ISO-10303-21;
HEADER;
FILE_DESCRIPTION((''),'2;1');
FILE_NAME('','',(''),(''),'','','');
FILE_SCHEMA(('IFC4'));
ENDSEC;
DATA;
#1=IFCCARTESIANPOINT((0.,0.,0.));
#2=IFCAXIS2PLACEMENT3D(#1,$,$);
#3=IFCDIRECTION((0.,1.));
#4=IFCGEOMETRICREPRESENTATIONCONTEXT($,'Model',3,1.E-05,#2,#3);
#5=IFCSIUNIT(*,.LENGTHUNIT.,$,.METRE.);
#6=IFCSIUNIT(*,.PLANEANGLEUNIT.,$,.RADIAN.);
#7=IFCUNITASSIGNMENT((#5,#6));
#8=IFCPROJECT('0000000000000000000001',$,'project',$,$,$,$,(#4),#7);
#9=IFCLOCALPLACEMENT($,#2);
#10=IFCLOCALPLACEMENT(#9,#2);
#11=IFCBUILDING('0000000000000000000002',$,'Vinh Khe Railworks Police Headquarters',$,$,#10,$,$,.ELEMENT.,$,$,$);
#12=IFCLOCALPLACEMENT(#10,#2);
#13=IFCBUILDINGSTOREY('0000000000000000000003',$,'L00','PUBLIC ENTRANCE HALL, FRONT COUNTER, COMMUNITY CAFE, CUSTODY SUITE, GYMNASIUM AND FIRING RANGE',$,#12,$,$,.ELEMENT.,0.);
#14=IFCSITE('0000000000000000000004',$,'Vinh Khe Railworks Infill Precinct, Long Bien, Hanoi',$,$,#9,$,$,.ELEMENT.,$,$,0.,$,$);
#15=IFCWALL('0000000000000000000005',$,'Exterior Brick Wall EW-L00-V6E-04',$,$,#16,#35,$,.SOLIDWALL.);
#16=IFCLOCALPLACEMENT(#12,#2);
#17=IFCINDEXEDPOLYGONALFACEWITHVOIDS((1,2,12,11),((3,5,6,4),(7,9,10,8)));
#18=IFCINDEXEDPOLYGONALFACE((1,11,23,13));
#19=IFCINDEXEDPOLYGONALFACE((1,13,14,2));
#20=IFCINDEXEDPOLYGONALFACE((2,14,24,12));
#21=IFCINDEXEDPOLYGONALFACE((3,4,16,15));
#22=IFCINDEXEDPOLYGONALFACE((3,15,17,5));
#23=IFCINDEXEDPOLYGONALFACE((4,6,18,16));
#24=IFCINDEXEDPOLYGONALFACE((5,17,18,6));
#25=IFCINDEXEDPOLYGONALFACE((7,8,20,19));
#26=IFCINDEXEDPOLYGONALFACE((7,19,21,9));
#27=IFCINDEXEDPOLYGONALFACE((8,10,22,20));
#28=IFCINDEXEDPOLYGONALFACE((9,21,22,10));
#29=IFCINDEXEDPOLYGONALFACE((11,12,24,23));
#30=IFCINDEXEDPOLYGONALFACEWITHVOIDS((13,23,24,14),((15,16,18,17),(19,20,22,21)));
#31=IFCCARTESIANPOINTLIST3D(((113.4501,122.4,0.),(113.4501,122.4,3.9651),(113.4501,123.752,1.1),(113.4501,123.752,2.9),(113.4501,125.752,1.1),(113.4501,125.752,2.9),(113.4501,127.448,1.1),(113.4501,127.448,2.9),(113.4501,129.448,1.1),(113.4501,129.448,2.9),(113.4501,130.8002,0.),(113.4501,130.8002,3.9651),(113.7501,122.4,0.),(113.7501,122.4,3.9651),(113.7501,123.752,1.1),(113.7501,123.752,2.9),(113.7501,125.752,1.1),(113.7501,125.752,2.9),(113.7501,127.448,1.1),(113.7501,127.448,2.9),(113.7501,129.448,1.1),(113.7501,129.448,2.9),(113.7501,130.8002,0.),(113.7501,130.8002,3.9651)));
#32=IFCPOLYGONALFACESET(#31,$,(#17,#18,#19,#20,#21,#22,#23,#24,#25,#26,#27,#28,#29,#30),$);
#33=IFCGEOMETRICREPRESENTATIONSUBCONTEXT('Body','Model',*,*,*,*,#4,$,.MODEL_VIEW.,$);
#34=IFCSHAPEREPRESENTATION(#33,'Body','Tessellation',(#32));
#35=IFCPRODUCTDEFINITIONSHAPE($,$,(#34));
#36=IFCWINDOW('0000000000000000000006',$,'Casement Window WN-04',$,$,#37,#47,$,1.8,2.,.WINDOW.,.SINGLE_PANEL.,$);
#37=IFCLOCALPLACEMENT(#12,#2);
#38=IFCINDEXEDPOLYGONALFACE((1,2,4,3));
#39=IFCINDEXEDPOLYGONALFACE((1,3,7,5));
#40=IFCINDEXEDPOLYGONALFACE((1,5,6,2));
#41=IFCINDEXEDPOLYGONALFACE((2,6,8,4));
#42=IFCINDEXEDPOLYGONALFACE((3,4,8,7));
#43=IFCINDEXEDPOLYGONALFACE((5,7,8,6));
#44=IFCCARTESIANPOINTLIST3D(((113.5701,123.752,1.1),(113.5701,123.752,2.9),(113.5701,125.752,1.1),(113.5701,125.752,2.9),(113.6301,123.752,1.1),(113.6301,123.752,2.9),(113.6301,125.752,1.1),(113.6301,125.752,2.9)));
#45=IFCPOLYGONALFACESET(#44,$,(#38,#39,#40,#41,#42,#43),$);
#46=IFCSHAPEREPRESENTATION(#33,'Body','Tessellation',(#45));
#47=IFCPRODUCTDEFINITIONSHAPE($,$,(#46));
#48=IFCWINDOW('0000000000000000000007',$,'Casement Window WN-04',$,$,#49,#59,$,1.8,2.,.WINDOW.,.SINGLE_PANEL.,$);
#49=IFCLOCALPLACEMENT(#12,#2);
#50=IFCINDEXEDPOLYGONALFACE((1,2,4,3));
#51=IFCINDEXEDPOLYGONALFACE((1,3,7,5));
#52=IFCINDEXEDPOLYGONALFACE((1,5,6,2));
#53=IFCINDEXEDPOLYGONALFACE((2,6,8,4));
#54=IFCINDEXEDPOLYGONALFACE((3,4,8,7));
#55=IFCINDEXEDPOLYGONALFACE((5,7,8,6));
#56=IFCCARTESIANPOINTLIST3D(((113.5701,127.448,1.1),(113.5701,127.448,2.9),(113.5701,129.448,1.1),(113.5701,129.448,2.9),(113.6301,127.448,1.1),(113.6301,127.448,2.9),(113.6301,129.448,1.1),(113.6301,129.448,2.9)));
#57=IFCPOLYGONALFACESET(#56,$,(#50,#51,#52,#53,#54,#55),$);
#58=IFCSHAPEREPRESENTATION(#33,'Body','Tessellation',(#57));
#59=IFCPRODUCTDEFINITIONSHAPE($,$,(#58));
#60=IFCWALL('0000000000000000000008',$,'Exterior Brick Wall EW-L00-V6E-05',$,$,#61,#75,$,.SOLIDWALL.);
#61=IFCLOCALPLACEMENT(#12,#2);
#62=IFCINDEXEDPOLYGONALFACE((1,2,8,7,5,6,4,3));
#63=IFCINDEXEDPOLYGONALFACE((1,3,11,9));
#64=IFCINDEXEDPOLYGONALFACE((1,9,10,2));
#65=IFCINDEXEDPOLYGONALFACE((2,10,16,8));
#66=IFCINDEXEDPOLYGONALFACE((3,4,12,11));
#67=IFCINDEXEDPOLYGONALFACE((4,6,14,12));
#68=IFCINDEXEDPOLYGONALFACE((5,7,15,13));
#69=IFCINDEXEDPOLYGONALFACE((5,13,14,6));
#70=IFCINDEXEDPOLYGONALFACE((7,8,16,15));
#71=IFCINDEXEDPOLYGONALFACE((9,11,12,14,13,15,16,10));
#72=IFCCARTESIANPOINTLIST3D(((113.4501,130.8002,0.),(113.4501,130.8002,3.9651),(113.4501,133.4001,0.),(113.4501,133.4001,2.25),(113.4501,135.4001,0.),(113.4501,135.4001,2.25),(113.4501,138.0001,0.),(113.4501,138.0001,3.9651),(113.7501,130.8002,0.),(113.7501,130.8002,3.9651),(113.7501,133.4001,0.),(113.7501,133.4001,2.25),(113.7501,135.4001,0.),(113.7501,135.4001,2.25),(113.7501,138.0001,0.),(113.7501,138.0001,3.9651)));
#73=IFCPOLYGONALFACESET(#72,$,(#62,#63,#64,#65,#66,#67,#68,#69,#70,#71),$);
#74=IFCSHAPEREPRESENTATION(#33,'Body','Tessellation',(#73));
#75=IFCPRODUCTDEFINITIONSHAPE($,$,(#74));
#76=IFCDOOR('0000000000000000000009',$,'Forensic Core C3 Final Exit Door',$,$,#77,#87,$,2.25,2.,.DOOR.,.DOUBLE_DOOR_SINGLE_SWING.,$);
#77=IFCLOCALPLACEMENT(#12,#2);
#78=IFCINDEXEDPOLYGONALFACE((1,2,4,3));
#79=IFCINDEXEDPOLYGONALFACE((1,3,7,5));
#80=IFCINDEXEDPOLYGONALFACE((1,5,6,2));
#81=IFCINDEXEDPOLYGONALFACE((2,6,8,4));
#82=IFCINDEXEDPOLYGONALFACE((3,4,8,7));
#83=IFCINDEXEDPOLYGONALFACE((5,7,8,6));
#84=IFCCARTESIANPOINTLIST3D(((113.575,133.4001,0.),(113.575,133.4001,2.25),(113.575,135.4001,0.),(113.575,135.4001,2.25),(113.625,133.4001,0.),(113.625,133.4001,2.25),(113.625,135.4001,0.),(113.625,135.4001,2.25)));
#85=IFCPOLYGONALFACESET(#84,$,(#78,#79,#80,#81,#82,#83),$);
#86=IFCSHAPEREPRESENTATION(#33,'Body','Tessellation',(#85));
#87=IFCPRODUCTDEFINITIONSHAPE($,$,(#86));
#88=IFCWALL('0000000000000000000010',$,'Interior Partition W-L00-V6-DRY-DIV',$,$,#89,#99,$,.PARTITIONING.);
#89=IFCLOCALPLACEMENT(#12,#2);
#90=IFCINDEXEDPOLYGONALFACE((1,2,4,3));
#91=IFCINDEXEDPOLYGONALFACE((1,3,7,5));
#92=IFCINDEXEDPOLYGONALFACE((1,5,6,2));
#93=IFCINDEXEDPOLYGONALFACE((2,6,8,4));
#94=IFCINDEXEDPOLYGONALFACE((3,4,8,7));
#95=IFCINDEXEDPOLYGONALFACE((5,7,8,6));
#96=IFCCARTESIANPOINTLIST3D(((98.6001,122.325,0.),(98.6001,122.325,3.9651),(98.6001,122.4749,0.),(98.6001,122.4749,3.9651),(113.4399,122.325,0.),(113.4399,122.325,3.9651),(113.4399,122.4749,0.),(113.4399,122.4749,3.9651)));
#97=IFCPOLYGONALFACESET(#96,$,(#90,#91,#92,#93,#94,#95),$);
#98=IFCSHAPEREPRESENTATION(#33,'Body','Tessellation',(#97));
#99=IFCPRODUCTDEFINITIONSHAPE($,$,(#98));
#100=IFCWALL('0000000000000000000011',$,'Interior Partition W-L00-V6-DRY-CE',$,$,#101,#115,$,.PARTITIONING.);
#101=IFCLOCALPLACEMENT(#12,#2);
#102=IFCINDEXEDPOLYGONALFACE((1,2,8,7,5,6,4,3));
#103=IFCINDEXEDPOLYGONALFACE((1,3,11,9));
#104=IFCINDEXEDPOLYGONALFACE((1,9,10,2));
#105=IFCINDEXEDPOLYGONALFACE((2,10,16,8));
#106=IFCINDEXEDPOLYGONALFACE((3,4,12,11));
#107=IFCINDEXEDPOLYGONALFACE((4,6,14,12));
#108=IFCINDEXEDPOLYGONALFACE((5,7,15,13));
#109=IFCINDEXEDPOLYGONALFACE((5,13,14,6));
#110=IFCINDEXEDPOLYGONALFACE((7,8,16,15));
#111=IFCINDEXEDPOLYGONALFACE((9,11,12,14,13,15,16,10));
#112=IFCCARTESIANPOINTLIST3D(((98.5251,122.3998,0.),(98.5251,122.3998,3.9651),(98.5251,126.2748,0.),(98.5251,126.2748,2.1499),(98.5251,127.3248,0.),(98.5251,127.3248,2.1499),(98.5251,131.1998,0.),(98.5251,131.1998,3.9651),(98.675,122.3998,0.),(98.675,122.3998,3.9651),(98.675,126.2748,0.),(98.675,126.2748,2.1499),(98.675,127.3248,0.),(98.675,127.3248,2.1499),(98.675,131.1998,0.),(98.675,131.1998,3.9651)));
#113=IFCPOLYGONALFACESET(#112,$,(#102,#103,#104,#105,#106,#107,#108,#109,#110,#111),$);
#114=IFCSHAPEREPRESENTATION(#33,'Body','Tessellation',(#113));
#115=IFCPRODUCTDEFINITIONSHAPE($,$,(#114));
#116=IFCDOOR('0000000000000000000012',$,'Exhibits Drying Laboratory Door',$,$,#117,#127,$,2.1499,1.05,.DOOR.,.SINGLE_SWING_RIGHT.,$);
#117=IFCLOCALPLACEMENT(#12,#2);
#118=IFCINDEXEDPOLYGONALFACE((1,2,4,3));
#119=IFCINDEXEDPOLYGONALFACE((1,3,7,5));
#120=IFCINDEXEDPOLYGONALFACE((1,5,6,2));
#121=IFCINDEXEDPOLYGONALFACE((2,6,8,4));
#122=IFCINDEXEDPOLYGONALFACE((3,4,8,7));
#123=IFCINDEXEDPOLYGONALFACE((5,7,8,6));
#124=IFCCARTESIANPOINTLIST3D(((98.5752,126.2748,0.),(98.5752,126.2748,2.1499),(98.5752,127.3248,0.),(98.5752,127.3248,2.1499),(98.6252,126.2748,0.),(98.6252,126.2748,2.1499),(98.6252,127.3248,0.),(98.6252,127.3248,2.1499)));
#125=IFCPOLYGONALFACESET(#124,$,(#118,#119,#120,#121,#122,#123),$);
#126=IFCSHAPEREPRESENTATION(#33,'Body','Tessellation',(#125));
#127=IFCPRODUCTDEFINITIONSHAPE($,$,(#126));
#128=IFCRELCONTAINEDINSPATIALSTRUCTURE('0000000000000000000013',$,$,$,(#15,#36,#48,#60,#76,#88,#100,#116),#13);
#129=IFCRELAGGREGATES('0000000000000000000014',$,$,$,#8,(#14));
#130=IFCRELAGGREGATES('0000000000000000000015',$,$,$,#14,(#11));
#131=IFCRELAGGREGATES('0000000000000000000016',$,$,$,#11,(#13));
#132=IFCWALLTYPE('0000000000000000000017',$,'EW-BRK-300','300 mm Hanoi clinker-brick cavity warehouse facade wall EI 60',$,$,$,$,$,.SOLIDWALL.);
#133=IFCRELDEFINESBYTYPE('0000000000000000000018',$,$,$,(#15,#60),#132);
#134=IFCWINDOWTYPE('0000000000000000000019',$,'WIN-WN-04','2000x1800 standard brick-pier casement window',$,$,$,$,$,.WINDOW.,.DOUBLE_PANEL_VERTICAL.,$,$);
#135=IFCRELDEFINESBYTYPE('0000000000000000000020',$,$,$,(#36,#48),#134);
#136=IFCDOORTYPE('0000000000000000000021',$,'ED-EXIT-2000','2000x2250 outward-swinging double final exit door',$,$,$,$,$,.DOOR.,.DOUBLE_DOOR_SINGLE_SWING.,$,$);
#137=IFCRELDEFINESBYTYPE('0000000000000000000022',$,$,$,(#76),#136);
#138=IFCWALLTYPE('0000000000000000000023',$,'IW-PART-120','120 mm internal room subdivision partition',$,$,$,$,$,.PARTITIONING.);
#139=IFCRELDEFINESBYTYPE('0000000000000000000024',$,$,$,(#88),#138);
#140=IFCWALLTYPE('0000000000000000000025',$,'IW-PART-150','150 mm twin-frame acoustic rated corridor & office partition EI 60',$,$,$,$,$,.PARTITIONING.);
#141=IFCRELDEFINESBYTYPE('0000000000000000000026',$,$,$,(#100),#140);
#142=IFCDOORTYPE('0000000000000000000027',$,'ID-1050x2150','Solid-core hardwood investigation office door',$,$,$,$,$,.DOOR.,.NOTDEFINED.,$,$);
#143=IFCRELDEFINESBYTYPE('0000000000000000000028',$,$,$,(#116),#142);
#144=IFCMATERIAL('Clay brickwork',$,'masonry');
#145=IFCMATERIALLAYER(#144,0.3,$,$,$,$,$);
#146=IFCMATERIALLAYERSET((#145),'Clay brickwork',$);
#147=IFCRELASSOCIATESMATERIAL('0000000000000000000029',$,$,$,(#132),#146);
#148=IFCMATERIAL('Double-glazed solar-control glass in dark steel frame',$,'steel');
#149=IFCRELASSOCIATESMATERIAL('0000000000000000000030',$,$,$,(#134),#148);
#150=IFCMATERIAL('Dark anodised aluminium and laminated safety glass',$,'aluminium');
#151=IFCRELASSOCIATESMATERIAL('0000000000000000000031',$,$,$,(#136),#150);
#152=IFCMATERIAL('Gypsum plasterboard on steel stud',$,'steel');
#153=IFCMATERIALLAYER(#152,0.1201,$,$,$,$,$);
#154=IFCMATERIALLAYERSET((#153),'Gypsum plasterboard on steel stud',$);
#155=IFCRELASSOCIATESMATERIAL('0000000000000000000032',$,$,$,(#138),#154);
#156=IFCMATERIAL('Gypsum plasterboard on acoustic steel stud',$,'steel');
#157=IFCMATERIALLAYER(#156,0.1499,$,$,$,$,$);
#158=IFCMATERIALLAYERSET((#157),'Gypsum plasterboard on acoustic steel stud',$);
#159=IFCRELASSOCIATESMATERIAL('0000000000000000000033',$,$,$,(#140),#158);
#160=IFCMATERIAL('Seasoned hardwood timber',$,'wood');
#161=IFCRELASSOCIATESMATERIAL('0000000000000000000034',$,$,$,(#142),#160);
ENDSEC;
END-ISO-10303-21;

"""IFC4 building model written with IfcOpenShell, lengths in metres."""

from ifc_helpers import new_model, si_unit, direction, frame, frame_2d, origin, place, context, subcontext, project, spatial, rectangle, extrude, material, layer, layer_set, type_object, element, fill, save


model = new_model("IFC4")

# Units and contexts
model_context = context("Model", 3, precision=1e-05, world=origin(), true_north=direction((0.0, 1.0)))
body_context = subcontext(model_context, "Body", "Model", "MODEL_VIEW")
ifc_project = project(units=[si_unit("LENGTHUNIT", "METRE"), si_unit("PLANEANGLEUNIT", "RADIAN")], contexts=[model_context])

# Site, building, storey
site_placement = place(None, origin())
site = spatial("IfcSite", under=ifc_project, at=site_placement, Name="Vinh Khe Railworks Infill Precinct, Long Bien, Hanoi", CompositionType="ELEMENT", RefElevation=0.0)
building_placement = place(site_placement, origin())
building = spatial("IfcBuilding", under=site, at=building_placement, Name="Vinh Khe Railworks Police Headquarters", CompositionType="ELEMENT")
storey_placement = place(building_placement, origin())
storey = spatial("IfcBuildingStorey", under=building, at=storey_placement, Name="L00", Description="PUBLIC ENTRANCE HALL, FRONT COUNTER, COMMUNITY CAFE, CUSTODY SUITE, GYMNASIUM AND FIRING RANGE", CompositionType="ELEMENT", Elevation=0.0)

# Wall, openings, windows
ifc_material_1 = material(Name="Clay brickwork", Category="masonry")
ifc_layer_1 = layer(ifc_material_1, 0.3)
ifc_layer_set_1 = layer_set([ifc_layer_1], Name="Clay brickwork")
wall_type_1 = type_object("IfcWallType", Name="EW-BRK-300", Description="300 mm Hanoi clinker-brick cavity warehouse facade wall EI 60", PredefinedType="SOLIDWALL", material=ifc_layer_set_1)
wall_1_placement = place(storey_placement, frame((113.6001, 122.3999, 0.0), z_axis=(0.0, 0.0, 1.0), x_axis=(0.0, 1.0, 0.0)))
wall_1 = element("IfcWall", 1, at=wall_1_placement, inside=storey, type_object=wall_type_1, Name="Exterior Brick Wall EW-L00-V6E-04", PredefinedType="SOLIDWALL", context=body_context, shape_type="SweptSolid", body=[
    extrude(rectangle(XDim=8.4001, YDim=0.3, at=frame_2d((4.2002, 0.0))), origin(), (0.0, 0.0, 1.0), 3.9651),
])
opening_1_placement = place(wall_1_placement, frame((1.3521, 0.0, 1.1001)))
opening_1 = element("IfcOpeningElement", 2, at=opening_1_placement, cuts=wall_1, PredefinedType="OPENING", context=body_context, shape_type="SweptSolid", body=[
    extrude(rectangle(XDim=2.0, YDim=1.8, at=frame_2d((1.0, 0.8999))), frame((0.0, 0.165, 0.0), z_axis=(0.0, -1.0, 0.0), x_axis=(1.0, 0.0, 0.0)), (0.0, 0.0, 1.0), 0.3298),
])
opening_2_placement = place(wall_1_placement, frame((5.0481, 0.0, 1.1001)))
opening_2 = element("IfcOpeningElement", 3, at=opening_2_placement, cuts=wall_1, PredefinedType="OPENING", context=body_context, shape_type="SweptSolid", body=[
    extrude(rectangle(XDim=2.0, YDim=1.8, at=frame_2d((1.0, 0.8999))), frame((0.0, 0.165, 0.0), z_axis=(0.0, -1.0, 0.0), x_axis=(1.0, 0.0, 0.0)), (0.0, 0.0, 1.0), 0.3298),
])
ifc_material_2 = material(Name="Double-glazed solar-control glass in dark steel frame", Category="steel")
window_type = type_object("IfcWindowType", Name="WIN-WN-04", Description="2000x1800 standard brick-pier casement window", PartitioningType="DOUBLE_PANEL_VERTICAL", PredefinedType="WINDOW", material=ifc_material_2)
window_1_placement = place(opening_1_placement, origin())
window_1 = element("IfcWindow", 4, at=window_1_placement, inside=storey, type_object=window_type, Name="Casement Window WN-04", OverallHeight=1.8, OverallWidth=2.0, PartitioningType="SINGLE_PANEL", PredefinedType="WINDOW", context=body_context, shape_type="SweptSolid", body=[
    extrude(rectangle(XDim=2.0, YDim=1.8, at=frame_2d((1.0, 0.8999))), frame((0.0, 0.03, 0.0), z_axis=(0.0, -1.0, 0.0), x_axis=(1.0, 0.0, 0.0)), (0.0, 0.0, 1.0), 0.0601),
])
fill(opening_1, window_1)
window_2_placement = place(opening_2_placement, origin())
window_2 = element("IfcWindow", 5, at=window_2_placement, inside=storey, type_object=window_type, Name="Casement Window WN-04", OverallHeight=1.8, OverallWidth=2.0, PartitioningType="SINGLE_PANEL", PredefinedType="WINDOW", context=body_context, shape_type="SweptSolid", body=[
    extrude(rectangle(XDim=2.0, YDim=1.8, at=frame_2d((1.0, 0.8999))), frame((0.0, 0.03, 0.0), z_axis=(0.0, -1.0, 0.0), x_axis=(1.0, 0.0, 0.0)), (0.0, 0.0, 1.0), 0.0601),
])
fill(opening_2, window_2)

# Wall, opening, door
wall_2_placement = place(storey_placement, frame((113.6001, 130.8, 0.0), z_axis=(0.0, 0.0, 1.0), x_axis=(0.0, 1.0, 0.0)))
wall_2 = element("IfcWall", 6, at=wall_2_placement, inside=storey, type_object=wall_type_1, Name="Exterior Brick Wall EW-L00-V6E-05", PredefinedType="SOLIDWALL", context=body_context, shape_type="SweptSolid", body=[
    extrude(rectangle(XDim=7.2, YDim=0.3, at=frame_2d((3.6001, 0.0))), origin(), (0.0, 0.0, 1.0), 3.9651),
])
opening_3_placement = place(wall_2_placement, frame((2.6001, 0.0, 0.0)))
opening_3 = element("IfcOpeningElement", 7, at=opening_3_placement, cuts=wall_2, PredefinedType="OPENING", context=body_context, shape_type="SweptSolid", body=[
    extrude(rectangle(XDim=2.0, YDim=2.25, at=frame_2d((1.0, 1.125))), frame((0.0, 0.165, 0.0), z_axis=(0.0, -1.0, 0.0), x_axis=(1.0, 0.0, 0.0)), (0.0, 0.0, 1.0), 0.3298),
])
ifc_material_3 = material(Name="Dark anodised aluminium and laminated safety glass", Category="aluminium")
door_type_1 = type_object("IfcDoorType", Name="ED-EXIT-2000", Description="2000x2250 outward-swinging double final exit door", OperationType="DOUBLE_DOOR_SINGLE_SWING", PredefinedType="DOOR", material=ifc_material_3)
door_1_placement = place(opening_3_placement, frame((2.0, 0.0, 0.0), z_axis=(0.0, 0.0, 1.0), x_axis=(-1.0, 0.0, 0.0)))
door_1 = element("IfcDoor", 8, at=door_1_placement, inside=storey, type_object=door_type_1, Name="Forensic Core C3 Final Exit Door", OperationType="DOUBLE_DOOR_SINGLE_SWING", OverallHeight=2.25, OverallWidth=2.0, PredefinedType="DOOR", context=body_context, shape_type="SweptSolid", body=[
    extrude(rectangle(XDim=2.0, YDim=2.25, at=frame_2d((1.0, 1.125))), frame((0.0, 0.0249, 0.0), z_axis=(0.0, -1.0, 0.0), x_axis=(1.0, 0.0, 0.0)), (0.0, 0.0, 1.0), 0.05),
])
fill(opening_3, door_1)

# Wall
ifc_material_4 = material(Name="Gypsum plasterboard on steel stud", Category="steel")
ifc_layer_2 = layer(ifc_material_4, 0.1201)
ifc_layer_set_2 = layer_set([ifc_layer_2], Name="Gypsum plasterboard on steel stud")
wall_type_2 = type_object("IfcWallType", Name="IW-PART-120", Description="120 mm internal room subdivision partition", PredefinedType="PARTITIONING", material=ifc_layer_set_2)
wall_3_placement = place(storey_placement, frame((98.6001, 122.3999, 0.0), z_axis=(0.0, 0.0, 1.0), x_axis=(1.0, 0.0, 0.0)))
element("IfcWall", 9, at=wall_3_placement, inside=storey, type_object=wall_type_2, Name="Interior Partition W-L00-V6-DRY-DIV", PredefinedType="PARTITIONING", context=body_context, shape_type="SweptSolid", body=[
    extrude(rectangle(XDim=14.8398, YDim=0.1499, at=frame_2d((7.4199, 0.0))), origin(), (0.0, 0.0, 1.0), 3.9651),
])

# Wall, opening, door
ifc_material_5 = material(Name="Gypsum plasterboard on acoustic steel stud", Category="steel")
ifc_layer_3 = layer(ifc_material_5, 0.1499)
ifc_layer_set_3 = layer_set([ifc_layer_3], Name="Gypsum plasterboard on acoustic steel stud")
wall_type_3 = type_object("IfcWallType", Name="IW-PART-150", Description="150 mm twin-frame acoustic rated corridor & office partition EI 60", PredefinedType="PARTITIONING", material=ifc_layer_set_3)
wall_4_placement = place(storey_placement, frame((98.6001, 122.3999, 0.0), z_axis=(0.0, 0.0, 1.0), x_axis=(0.0, 1.0, 0.0)))
wall_4 = element("IfcWall", 10, at=wall_4_placement, inside=storey, type_object=wall_type_3, Name="Interior Partition W-L00-V6-DRY-CE", PredefinedType="PARTITIONING", context=body_context, shape_type="SweptSolid", body=[
    extrude(rectangle(XDim=8.8, YDim=0.1499, at=frame_2d((4.3999, 0.0))), origin(), (0.0, 0.0, 1.0), 3.9651),
])
opening_4_placement = place(wall_4_placement, frame((3.875, 0.0, 0.0)))
opening_4 = element("IfcOpeningElement", 11, at=opening_4_placement, cuts=wall_4, PredefinedType="OPENING", context=body_context, shape_type="SweptSolid", body=[
    extrude(rectangle(XDim=1.05, YDim=2.1499, at=frame_2d((0.5249, 1.075))), frame((0.0, 0.0898, 0.0), z_axis=(0.0, -1.0, 0.0), x_axis=(1.0, 0.0, 0.0)), (0.0, 0.0, 1.0), 0.1797),
])
ifc_material_6 = material(Name="Seasoned hardwood timber", Category="wood")
door_type_2 = type_object("IfcDoorType", Name="ID-1050x2150", Description="Solid-core hardwood investigation office door", OperationType="NOTDEFINED", PredefinedType="DOOR", material=ifc_material_6)
door_2_placement = place(opening_4_placement, origin())
door_2 = element("IfcDoor", 12, at=door_2_placement, inside=storey, type_object=door_type_2, Name="Exhibits Drying Laboratory Door", OperationType="SINGLE_SWING_RIGHT", OverallHeight=2.1499, OverallWidth=1.05, PredefinedType="DOOR", context=body_context, shape_type="SweptSolid", body=[
    extrude(rectangle(XDim=1.05, YDim=2.1499, at=frame_2d((0.5249, 1.075))), frame((0.0, 0.0249, 0.0), z_axis=(0.0, -1.0, 0.0), x_axis=(1.0, 0.0, 0.0)), (0.0, 0.0, 1.0), 0.05),
])
fill(opening_4, door_2)

save(model, "model.ifc")
